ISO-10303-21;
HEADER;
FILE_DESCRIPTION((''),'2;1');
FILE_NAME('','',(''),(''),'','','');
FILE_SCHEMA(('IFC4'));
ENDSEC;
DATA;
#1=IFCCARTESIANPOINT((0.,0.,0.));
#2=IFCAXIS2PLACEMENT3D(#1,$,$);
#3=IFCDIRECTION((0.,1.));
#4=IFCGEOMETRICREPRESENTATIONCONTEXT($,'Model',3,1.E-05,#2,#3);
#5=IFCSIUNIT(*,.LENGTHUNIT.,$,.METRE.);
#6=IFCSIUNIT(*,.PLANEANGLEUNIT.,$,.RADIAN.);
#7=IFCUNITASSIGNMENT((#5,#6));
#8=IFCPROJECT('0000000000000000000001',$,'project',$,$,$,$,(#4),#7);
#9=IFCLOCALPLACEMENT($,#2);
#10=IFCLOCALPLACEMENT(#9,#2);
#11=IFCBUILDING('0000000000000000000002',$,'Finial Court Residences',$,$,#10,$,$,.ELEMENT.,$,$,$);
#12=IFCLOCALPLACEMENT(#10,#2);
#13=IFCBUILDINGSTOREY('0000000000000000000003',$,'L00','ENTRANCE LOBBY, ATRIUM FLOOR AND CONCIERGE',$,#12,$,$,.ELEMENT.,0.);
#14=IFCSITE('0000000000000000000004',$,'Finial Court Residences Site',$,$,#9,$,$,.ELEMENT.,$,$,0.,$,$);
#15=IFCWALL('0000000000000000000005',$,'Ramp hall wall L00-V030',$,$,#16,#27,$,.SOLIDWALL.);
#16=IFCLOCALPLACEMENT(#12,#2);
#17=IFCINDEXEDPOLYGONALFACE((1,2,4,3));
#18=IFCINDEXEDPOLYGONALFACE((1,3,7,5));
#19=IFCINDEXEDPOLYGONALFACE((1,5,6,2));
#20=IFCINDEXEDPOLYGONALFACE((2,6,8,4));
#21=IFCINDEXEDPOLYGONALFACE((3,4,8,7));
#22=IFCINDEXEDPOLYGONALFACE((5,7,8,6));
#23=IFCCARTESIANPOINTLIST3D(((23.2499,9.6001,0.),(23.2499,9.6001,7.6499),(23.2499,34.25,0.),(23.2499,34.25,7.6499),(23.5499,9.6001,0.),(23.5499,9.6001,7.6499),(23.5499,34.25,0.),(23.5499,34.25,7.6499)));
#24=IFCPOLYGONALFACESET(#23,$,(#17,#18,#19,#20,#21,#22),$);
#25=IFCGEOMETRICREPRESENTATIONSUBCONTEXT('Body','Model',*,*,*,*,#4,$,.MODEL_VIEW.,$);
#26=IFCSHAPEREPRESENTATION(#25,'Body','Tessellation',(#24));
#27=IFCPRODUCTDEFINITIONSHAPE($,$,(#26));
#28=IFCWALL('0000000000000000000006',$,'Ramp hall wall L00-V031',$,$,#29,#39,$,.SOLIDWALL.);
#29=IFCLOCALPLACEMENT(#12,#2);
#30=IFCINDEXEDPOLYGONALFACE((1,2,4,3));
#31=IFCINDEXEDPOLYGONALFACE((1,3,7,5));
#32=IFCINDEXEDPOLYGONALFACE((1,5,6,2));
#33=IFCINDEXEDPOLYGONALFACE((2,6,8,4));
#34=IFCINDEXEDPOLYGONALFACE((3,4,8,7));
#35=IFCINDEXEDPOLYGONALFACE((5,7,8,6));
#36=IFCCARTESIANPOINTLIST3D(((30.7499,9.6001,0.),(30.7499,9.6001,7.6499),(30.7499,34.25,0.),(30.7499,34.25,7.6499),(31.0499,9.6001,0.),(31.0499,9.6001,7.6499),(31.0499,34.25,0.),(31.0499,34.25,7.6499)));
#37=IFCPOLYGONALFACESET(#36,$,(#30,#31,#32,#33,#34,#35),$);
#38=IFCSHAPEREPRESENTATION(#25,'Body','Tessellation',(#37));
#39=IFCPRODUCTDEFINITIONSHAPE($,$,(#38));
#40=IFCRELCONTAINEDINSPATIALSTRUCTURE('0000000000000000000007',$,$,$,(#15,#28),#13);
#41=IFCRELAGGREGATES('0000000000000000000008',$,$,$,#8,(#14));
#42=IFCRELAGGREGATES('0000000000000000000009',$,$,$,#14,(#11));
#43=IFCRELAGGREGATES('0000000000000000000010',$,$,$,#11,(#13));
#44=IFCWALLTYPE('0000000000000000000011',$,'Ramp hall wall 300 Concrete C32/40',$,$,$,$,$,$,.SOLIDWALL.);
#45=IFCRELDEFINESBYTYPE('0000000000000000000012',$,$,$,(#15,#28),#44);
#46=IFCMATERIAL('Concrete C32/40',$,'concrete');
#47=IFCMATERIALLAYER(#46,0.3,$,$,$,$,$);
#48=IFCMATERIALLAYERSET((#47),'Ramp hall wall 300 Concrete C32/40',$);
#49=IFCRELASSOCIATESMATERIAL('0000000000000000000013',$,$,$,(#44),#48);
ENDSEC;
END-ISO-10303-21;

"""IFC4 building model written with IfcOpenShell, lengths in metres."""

from ifc_helpers import new_model, si_unit, direction, frame, frame_2d, origin, place, context, subcontext, project, spatial, rectangle, extrude, material, layer, layer_set, type_object, element, save


model = new_model("IFC4")

# Units and contexts
model_context = context("Model", 3, precision=1e-05, world=origin(), true_north=direction((0.0, 1.0)))
body_context = subcontext(model_context, "Body", "Model", "MODEL_VIEW")
ifc_project = project(units=[si_unit("LENGTHUNIT", "METRE"), si_unit("PLANEANGLEUNIT", "RADIAN")], contexts=[model_context])

# Site, building, storey
site_placement = place(None, origin())
site = spatial("IfcSite", under=ifc_project, at=site_placement, Name="Finial Court Residences Site", CompositionType="ELEMENT", RefElevation=0.0)
building_placement = place(site_placement, origin())
building = spatial("IfcBuilding", under=site, at=building_placement, Name="Finial Court Residences", CompositionType="ELEMENT")
storey_placement = place(building_placement, origin())
storey = spatial("IfcBuildingStorey", under=building, at=storey_placement, Name="L00", Description="ENTRANCE LOBBY, ATRIUM FLOOR AND CONCIERGE", CompositionType="ELEMENT", Elevation=0.0)

# Walls
ifc_material_1 = material(Name="Concrete C32/40", Category="concrete")
ifc_layer_1 = layer(ifc_material_1, 0.3)
ifc_layer_set_1 = layer_set([ifc_layer_1], Name="Ramp hall wall 300 Concrete C32/40")
wall_type_1 = type_object("IfcWallType", Name="Ramp hall wall 300 Concrete C32/40", PredefinedType="SOLIDWALL", material=ifc_layer_set_1)
for number, where, z_axis, x_axis, name in (
    (1, (23.3999, 9.6001, 0.0), (0.0, 0.0, 1.0), (0.0, 1.0, 0.0), "Ramp hall wall L00-V030"),
    (2, (30.8999, 9.6001, 0.0), (0.0, 0.0, 1.0), (0.0, 1.0, 0.0), "Ramp hall wall L00-V031"),
):
    element("IfcWall", number, at=place(storey_placement, frame(where, z_axis=z_axis, x_axis=x_axis)), inside=storey, type_object=wall_type_1, Name=name, PredefinedType="SOLIDWALL", context=body_context, shape_type="SweptSolid", body=[
        extrude(rectangle(XDim=24.6499, YDim=0.3, at=frame_2d((12.325, 0.0))), origin(), (0.0, 0.0, 1.0), 7.6499),
    ])

save(model, "model.ifc")
